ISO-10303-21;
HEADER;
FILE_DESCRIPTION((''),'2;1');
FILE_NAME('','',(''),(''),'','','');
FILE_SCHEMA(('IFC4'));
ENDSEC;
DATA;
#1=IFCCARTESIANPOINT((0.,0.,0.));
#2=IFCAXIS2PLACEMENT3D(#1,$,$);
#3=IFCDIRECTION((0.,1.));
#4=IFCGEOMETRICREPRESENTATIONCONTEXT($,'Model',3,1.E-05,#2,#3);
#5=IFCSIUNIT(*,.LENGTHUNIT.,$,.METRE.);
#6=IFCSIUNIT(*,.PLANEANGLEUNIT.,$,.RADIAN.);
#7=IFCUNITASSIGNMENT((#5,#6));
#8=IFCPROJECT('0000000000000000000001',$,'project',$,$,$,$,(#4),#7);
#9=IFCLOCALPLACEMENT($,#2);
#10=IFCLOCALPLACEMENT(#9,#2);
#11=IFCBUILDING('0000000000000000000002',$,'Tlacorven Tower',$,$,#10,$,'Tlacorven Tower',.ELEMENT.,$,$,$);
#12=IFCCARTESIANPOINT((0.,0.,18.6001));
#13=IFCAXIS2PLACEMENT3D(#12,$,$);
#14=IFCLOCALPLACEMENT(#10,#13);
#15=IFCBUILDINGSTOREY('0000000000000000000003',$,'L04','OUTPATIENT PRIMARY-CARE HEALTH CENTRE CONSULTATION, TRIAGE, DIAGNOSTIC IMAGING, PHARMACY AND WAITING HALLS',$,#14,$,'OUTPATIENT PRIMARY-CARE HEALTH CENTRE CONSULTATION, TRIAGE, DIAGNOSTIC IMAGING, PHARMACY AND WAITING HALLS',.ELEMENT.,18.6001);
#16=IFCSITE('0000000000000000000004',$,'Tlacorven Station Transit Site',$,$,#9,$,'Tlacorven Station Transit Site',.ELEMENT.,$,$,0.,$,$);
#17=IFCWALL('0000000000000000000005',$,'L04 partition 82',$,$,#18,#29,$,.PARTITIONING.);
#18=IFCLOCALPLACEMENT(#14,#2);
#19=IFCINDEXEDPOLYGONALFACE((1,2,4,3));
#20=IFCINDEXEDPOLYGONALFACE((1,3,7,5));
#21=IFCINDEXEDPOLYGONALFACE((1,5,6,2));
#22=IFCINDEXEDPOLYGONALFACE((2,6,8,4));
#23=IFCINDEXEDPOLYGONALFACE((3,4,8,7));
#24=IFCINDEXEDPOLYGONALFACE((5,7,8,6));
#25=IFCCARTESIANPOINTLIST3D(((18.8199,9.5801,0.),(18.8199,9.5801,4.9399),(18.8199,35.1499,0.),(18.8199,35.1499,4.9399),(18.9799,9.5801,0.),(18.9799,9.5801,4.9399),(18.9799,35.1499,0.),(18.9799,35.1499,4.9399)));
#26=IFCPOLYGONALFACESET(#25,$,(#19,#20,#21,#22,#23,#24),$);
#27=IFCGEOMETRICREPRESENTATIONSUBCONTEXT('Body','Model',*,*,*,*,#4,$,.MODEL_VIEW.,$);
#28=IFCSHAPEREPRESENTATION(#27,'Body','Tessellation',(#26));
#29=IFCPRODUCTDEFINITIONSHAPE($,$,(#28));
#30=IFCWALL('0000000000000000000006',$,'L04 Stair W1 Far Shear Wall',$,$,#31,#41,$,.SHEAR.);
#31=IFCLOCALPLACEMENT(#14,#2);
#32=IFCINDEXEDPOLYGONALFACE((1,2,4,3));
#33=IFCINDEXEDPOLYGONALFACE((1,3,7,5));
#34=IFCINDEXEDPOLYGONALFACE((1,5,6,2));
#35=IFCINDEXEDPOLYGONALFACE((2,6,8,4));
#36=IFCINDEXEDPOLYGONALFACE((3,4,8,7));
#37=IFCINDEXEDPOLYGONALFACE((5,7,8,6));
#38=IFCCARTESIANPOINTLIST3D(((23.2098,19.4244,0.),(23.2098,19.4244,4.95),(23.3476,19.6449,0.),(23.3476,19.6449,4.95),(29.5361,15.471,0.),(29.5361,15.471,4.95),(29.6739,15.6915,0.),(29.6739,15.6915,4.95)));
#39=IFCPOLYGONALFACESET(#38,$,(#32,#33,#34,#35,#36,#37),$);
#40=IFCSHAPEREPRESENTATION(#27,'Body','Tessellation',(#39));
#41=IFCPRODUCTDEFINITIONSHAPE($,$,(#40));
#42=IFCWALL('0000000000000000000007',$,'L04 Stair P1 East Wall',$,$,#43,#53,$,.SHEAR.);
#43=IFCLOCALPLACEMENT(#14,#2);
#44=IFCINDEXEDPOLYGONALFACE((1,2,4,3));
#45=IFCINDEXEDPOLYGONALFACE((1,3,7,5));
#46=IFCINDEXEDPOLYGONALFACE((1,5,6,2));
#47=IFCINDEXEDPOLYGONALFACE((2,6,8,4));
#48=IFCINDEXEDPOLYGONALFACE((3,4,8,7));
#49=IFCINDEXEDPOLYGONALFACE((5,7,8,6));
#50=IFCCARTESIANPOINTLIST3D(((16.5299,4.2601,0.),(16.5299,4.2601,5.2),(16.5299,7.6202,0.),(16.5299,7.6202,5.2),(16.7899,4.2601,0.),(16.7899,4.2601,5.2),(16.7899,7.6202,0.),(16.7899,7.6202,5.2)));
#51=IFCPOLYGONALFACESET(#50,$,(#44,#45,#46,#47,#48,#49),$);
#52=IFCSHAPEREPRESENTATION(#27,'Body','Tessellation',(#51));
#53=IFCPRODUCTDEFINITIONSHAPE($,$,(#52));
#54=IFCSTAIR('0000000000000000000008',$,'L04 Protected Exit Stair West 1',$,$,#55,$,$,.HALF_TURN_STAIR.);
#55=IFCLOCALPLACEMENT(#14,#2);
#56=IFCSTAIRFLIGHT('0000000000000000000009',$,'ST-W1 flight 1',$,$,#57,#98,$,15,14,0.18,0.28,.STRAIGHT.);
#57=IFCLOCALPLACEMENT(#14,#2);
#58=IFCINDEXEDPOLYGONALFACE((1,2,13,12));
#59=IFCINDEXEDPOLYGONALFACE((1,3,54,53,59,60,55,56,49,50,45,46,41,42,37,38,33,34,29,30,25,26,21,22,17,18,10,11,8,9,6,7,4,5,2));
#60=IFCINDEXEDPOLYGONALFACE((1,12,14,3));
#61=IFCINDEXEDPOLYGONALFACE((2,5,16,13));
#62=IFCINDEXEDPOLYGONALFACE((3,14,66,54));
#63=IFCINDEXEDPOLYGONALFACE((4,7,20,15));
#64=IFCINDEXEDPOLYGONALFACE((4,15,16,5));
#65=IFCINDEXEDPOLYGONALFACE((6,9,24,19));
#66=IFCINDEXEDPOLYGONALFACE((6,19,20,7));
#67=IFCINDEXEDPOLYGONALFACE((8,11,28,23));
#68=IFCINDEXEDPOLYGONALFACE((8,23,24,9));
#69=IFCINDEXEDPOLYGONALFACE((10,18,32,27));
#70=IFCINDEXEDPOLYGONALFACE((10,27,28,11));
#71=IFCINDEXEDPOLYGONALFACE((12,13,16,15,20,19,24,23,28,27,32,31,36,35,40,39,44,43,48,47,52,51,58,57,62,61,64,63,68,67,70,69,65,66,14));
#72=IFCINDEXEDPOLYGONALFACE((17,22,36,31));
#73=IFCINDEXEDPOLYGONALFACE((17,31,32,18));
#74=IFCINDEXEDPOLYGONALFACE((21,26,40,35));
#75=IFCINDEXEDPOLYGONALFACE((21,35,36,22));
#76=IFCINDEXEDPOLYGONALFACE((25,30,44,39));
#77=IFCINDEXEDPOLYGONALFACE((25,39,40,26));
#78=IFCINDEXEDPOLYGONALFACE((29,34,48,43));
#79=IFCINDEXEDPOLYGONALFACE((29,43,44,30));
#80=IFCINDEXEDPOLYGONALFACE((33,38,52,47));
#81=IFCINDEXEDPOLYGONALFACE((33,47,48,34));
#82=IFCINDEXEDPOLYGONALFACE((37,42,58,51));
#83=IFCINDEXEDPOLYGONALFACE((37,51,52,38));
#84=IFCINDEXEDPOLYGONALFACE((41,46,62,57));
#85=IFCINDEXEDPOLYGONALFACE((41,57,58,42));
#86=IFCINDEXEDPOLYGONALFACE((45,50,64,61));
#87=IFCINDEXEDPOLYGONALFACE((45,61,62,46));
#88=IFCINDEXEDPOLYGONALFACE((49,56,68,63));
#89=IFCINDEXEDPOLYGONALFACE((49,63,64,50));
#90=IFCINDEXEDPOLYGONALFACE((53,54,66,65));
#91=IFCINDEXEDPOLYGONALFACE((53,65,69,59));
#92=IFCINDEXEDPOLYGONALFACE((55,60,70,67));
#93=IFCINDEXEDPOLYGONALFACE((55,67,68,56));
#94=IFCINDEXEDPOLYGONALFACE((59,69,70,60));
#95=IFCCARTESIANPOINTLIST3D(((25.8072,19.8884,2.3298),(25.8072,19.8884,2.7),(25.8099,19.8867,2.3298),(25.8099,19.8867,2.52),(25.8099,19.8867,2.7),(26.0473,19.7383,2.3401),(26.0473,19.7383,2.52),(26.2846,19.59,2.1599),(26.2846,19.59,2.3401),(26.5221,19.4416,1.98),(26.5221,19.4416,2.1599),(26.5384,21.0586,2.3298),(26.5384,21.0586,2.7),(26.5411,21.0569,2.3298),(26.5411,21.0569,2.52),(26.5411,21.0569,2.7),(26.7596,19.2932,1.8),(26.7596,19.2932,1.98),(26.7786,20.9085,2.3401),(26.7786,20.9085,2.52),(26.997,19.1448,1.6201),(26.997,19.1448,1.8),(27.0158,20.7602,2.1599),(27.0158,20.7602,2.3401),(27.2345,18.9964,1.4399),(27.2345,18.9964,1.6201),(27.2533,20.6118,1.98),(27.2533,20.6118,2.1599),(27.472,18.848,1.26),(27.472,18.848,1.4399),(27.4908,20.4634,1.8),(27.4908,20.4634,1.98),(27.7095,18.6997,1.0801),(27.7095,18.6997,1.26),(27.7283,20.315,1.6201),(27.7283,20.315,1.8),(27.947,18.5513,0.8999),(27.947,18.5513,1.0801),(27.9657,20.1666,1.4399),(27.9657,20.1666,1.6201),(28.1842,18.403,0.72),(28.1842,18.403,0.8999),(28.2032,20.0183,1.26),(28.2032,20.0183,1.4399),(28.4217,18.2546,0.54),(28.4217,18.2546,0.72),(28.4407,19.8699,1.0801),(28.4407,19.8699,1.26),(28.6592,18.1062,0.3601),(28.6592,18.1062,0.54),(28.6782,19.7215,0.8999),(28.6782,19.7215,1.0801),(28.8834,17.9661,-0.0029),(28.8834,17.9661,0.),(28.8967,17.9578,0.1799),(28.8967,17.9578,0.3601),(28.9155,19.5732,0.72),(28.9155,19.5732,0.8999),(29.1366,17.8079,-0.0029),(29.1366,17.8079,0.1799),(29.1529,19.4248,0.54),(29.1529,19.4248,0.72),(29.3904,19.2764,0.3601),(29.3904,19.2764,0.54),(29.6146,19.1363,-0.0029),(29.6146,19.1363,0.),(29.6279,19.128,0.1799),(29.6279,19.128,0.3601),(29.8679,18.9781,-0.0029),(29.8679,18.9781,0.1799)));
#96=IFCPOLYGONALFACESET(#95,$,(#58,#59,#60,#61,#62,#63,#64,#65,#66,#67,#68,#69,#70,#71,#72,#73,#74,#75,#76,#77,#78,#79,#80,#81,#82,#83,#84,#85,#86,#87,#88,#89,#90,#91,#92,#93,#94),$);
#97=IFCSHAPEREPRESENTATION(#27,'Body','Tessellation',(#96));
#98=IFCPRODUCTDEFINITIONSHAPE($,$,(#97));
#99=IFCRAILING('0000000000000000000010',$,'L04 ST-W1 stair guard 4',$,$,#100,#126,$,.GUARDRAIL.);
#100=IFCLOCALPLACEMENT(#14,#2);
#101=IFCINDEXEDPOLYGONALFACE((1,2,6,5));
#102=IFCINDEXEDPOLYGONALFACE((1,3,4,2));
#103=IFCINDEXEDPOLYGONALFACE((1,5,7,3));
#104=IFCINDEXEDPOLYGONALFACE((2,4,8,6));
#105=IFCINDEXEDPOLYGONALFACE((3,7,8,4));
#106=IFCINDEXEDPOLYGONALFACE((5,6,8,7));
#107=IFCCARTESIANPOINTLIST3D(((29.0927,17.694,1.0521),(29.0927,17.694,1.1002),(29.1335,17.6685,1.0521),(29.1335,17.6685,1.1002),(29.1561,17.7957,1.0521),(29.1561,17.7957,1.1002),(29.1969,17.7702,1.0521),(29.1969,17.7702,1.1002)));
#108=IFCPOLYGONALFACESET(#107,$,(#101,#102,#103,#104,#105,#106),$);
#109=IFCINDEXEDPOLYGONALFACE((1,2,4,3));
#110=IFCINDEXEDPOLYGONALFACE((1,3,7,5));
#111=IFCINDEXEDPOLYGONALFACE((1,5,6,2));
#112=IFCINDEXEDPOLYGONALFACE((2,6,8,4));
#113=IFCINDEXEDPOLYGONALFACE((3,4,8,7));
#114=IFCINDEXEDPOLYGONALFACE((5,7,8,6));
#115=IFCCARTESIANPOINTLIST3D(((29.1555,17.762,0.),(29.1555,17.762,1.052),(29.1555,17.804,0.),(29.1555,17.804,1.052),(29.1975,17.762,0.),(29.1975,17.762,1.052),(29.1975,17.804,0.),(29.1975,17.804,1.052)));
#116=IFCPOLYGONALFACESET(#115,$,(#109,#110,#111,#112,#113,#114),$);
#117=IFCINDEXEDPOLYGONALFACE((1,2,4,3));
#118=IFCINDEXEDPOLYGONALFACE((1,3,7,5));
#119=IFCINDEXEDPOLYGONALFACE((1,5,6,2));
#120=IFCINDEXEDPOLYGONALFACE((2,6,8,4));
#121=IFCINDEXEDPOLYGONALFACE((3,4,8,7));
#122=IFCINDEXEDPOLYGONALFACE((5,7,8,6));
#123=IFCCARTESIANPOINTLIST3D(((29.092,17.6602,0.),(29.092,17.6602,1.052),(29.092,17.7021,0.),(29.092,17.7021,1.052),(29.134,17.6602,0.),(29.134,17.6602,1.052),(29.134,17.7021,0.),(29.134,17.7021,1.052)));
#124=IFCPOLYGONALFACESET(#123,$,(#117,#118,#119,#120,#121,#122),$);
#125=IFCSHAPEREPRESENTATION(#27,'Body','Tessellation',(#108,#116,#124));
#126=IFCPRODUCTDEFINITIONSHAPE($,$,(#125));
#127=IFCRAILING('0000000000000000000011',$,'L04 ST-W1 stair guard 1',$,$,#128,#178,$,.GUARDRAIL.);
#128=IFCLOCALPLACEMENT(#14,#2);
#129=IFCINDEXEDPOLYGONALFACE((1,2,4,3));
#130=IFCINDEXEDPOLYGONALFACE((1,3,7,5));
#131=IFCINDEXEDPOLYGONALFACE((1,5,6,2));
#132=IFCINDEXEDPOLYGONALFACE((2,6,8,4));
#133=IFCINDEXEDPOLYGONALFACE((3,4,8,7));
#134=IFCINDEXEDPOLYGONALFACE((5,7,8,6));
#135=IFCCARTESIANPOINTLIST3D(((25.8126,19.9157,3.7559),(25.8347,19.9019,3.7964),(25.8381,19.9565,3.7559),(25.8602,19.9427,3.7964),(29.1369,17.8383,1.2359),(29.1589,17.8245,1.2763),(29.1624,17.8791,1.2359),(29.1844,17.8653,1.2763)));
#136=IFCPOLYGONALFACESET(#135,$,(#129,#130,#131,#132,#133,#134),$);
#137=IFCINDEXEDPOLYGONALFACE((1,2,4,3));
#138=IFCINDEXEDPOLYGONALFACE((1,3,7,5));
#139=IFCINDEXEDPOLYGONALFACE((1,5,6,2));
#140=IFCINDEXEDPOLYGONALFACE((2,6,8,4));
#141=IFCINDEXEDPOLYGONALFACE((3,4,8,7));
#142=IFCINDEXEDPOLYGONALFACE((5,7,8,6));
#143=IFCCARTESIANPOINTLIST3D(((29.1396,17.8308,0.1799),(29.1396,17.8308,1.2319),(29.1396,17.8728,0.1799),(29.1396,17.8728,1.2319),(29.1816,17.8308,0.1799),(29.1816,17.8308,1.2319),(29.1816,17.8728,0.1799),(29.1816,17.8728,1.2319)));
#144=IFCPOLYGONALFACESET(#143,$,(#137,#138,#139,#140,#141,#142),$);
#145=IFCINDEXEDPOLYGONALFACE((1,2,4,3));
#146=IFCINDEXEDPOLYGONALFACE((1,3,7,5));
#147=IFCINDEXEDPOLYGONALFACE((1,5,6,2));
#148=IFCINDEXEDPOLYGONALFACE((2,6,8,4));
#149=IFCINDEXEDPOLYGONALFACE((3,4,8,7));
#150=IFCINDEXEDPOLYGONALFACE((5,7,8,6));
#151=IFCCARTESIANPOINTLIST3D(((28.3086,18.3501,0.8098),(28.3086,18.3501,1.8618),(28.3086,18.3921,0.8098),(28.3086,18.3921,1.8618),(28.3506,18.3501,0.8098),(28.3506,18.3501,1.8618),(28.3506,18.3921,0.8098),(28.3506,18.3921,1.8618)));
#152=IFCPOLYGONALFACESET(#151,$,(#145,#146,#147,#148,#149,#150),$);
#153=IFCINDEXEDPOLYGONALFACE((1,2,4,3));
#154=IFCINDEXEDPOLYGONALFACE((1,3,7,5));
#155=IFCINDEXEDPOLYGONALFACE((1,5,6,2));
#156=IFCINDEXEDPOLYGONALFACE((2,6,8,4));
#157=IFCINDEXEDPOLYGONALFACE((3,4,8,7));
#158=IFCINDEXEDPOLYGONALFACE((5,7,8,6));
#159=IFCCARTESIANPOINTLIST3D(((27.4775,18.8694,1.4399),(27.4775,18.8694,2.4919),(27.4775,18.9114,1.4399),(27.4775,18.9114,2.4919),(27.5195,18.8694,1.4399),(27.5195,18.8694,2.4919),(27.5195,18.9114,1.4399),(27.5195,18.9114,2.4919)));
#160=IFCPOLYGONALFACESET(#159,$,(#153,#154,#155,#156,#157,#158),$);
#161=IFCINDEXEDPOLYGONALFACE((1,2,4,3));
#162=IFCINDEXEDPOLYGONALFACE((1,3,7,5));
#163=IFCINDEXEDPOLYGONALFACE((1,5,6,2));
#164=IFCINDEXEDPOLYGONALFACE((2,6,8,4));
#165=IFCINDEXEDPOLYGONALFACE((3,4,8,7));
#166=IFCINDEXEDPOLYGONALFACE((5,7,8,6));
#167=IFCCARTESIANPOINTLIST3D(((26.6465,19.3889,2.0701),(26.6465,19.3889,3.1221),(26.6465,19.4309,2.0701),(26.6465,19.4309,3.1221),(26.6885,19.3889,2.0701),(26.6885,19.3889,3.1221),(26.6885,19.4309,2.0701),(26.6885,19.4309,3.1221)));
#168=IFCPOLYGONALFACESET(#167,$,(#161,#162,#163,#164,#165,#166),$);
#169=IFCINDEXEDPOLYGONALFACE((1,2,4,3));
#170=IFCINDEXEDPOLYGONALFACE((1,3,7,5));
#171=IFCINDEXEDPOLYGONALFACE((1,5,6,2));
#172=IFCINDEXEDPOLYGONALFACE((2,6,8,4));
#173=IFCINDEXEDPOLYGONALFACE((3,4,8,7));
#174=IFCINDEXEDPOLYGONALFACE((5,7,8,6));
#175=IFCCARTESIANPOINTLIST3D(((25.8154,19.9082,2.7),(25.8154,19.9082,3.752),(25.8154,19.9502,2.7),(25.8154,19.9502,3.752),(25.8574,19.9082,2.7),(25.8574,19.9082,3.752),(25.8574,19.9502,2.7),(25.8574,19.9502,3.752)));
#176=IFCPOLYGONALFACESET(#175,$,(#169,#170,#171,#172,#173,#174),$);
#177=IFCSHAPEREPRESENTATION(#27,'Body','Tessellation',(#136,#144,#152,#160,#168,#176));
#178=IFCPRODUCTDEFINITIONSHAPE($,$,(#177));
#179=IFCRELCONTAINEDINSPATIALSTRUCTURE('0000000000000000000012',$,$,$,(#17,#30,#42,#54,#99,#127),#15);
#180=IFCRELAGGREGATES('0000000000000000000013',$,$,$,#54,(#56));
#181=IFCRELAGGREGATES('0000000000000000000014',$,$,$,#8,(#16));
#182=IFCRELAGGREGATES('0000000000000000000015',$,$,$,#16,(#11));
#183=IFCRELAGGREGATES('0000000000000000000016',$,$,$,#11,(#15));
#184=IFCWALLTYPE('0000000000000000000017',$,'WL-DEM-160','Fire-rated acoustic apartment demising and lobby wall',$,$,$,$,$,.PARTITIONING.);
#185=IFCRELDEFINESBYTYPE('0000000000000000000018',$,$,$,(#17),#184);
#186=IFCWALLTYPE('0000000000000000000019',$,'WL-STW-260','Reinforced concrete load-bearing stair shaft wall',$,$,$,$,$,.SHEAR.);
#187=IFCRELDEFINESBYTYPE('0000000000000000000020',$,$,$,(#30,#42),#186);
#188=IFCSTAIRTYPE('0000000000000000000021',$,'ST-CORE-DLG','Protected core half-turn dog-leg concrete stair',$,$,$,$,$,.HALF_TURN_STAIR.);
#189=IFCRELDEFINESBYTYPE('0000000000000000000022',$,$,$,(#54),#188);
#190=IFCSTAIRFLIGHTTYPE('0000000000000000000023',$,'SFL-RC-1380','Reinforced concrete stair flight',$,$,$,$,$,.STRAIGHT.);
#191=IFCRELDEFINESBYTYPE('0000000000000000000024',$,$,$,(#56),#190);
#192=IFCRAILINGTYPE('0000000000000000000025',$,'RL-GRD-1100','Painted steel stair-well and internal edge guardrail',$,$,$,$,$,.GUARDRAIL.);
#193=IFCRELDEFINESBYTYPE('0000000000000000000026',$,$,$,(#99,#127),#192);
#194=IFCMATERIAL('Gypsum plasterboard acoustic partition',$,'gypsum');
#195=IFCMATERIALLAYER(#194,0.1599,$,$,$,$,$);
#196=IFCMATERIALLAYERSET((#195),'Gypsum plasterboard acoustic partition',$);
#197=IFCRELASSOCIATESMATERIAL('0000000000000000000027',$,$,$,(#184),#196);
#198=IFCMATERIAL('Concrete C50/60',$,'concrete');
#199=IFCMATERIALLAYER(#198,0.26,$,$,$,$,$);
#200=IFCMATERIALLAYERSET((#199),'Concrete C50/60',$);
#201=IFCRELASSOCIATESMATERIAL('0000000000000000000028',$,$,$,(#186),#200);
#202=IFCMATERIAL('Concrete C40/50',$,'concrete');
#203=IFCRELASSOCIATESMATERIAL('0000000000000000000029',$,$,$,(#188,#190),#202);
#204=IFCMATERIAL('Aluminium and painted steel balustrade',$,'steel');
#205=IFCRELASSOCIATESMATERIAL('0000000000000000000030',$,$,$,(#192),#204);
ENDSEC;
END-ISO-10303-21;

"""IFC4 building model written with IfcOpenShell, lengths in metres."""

from ifc_helpers import new_model, si_unit, direction, frame, frame_2d, origin, origin_2d, place, context, subcontext, project, spatial, polyline, rectangle, outline, extrude, source, transform, mapped, material, layer, layer_set, type_object, element, aggregate, save


model = new_model("IFC4")

# Units and contexts
model_context = context("Model", 3, precision=1e-05, world=origin(), true_north=direction((0.0, 1.0)))
body_context = subcontext(model_context, "Body", "Model", "MODEL_VIEW")
ifc_project = project(units=[si_unit("LENGTHUNIT", "METRE"), si_unit("PLANEANGLEUNIT", "RADIAN")], contexts=[model_context])

# Site, building, storey
site_placement = place(None, origin())
site = spatial("IfcSite", under=ifc_project, at=site_placement, Name="Tlacorven Station Transit Site", LongName="Tlacorven Station Transit Site", CompositionType="ELEMENT", RefElevation=0.0)
building_placement = place(site_placement, origin())
building = spatial("IfcBuilding", under=site, at=building_placement, Name="Tlacorven Tower", LongName="Tlacorven Tower", CompositionType="ELEMENT")
storey_placement = place(building_placement, frame((0.0, 0.0, 18.6001)))
storey = spatial("IfcBuildingStorey", under=building, at=storey_placement, Name="L04", Description="OUTPATIENT PRIMARY-CARE HEALTH CENTRE CONSULTATION, TRIAGE, DIAGNOSTIC IMAGING, PHARMACY AND WAITING HALLS", LongName="OUTPATIENT PRIMARY-CARE HEALTH CENTRE CONSULTATION, TRIAGE, DIAGNOSTIC IMAGING, PHARMACY AND WAITING HALLS", CompositionType="ELEMENT", Elevation=18.6001)

# Shared definitions
ifc_material_1 = material(Name="Gypsum plasterboard acoustic partition", Category="gypsum")
ifc_layer_1 = layer(ifc_material_1, 0.1599)
ifc_layer_set_1 = layer_set([ifc_layer_1], Name="Gypsum plasterboard acoustic partition")
wall_type_1 = type_object("IfcWallType", Name="WL-DEM-160", Description="Fire-rated acoustic apartment demising and lobby wall", PredefinedType="PARTITIONING", material=ifc_layer_set_1)

# Walls
wall_1_placement = place(storey_placement, frame((18.8999, 9.5801, 0.0), z_axis=(0.0, 0.0, 1.0), x_axis=(0.0, 1.0, 0.0)))
element("IfcWall", 1, at=wall_1_placement, inside=storey, type_object=wall_type_1, Name="L04 partition 82", PredefinedType="PARTITIONING", context=body_context, shape_type="SweptSolid", body=[
    extrude(rectangle(XDim=25.5698, YDim=0.1599, at=frame_2d((12.7849, 0.0))), origin(), (0.0, 0.0, 1.0), 4.9399),
])
ifc_material_2 = material(Name="Concrete C50/60", Category="concrete")
ifc_layer_2 = layer(ifc_material_2, 0.26)
ifc_layer_set_2 = layer_set([ifc_layer_2], Name="Concrete C50/60")
wall_type_2 = type_object("IfcWallType", Name="WL-STW-260", Description="Reinforced concrete load-bearing stair shaft wall", PredefinedType="SHEAR", material=ifc_layer_set_2)
wall_2_placement = place(storey_placement, frame((29.605, 15.5813, 0.0), z_axis=(0.0, 0.0, 1.0), x_axis=(-0.848037, 0.529937, 0.0)))
element("IfcWall", 2, at=wall_2_placement, inside=storey, type_object=wall_type_2, Name="L04 Stair W1 Far Shear Wall", PredefinedType="SHEAR", context=body_context, shape_type="SweptSolid", body=[
    extrude(rectangle(XDim=7.46, YDim=0.26, at=frame_2d((3.73, 0.0))), origin(), (0.0, 0.0, 1.0), 4.95),
])
wall_3_placement = place(storey_placement, frame((16.6599, 4.26, 0.0), z_axis=(0.0, 0.0, 1.0), x_axis=(0.0, 1.0, 0.0)))
element("IfcWall", 3, at=wall_3_placement, inside=storey, type_object=wall_type_2, Name="L04 Stair P1 East Wall", PredefinedType="SHEAR", context=body_context, shape_type="SweptSolid", body=[
    extrude(rectangle(XDim=3.3601, YDim=0.26, at=frame_2d((1.6802, 0.0))), origin(), (0.0, 0.0, 1.0), 5.2),
])

# Stair, stair flight
ifc_material_3 = material(Name="Concrete C40/50", Category="concrete")
stair_type = type_object("IfcStairType", Name="ST-CORE-DLG", Description="Protected core half-turn dog-leg concrete stair", PredefinedType="HALF_TURN_STAIR", material=ifc_material_3)
stair_placement = place(storey_placement, origin())
stair = element("IfcStair", 4, at=stair_placement, inside=storey, type_object=stair_type, Name="L04 Protected Exit Stair West 1", PredefinedType="HALF_TURN_STAIR")
stair_flight_type = type_object("IfcStairFlightType", Name="SFL-RC-1380", Description="Reinforced concrete stair flight", PredefinedType="STRAIGHT", material=ifc_material_3)
shared_shape_1 = source(origin(), body_context, "Body", "SweptSolid", [
    extrude(outline(polyline([(-0.0029, -0.0029), (-0.0029, 0.1799), (0.28, 0.1799), (0.28, 0.3601), (0.5601, 0.3601), (0.5601, 0.54), (0.8401, 0.54), (0.8401, 0.72), (1.1201, 0.72), (1.1201, 0.8999), (1.3999, 0.8999), (1.3999, 1.0801), (1.6799, 1.0801), (1.6799, 1.26), (1.96, 1.26), (1.96, 1.4399), (2.24, 1.4399), (2.24, 1.6201), (2.52, 1.6201), (2.52, 1.8), (2.8, 1.8), (2.8, 1.98), (3.0801, 1.98), (3.0801, 2.1599), (3.3601, 2.1599), (3.3601, 2.3401), (3.6399, 2.3401), (3.6399, 2.52), (3.9199, 2.52), (3.9199, 2.7), (3.9231, 2.7), (3.9231, 2.3298), (3.9199, 2.3298), (0.2957, 0.0), (0.2957, -0.0029), (-0.0029, -0.0029)])), frame((0.0, 0.6899, 0.0), z_axis=(0.0, -1.0, 0.0), x_axis=(1.0, 0.0, 0.0)), (0.0, 0.0, 1.0), 1.3799),
])
stair_flight_placement = place(storey_placement, frame((29.4998, 18.3945, 0.0), z_axis=(0.0, 0.0, 1.0), x_axis=(-0.848048, 0.529919, 0.0)))
stair_flight = element("IfcStairFlight", 5, at=stair_flight_placement, type_object=stair_flight_type, Name="ST-W1 flight 1", NumberOfRisers=15, NumberOfTreads=14, PredefinedType="STRAIGHT", RiserHeight=0.18, TreadLength=0.28, context=body_context, shape_type="MappedRepresentation", body=[
    mapped(shared_shape_1, transform((0.0, 0.0, 0.0), scale=1.0)),
])
aggregate(stair, [stair_flight])

# Railings
ifc_material_4 = material(Name="Aluminium and painted steel balustrade", Category="steel")
railing_type_1 = type_object("IfcRailingType", Name="RL-GRD-1100", Description="Painted steel stair-well and internal edge guardrail", PredefinedType="GUARDRAIL", material=ifc_material_4)
shared_shape_2 = source(origin(), body_context, "Body", "SweptSolid", [
    extrude(rectangle(XDim=0.0481, YDim=0.0481, at=origin_2d()), frame((0.0, 0.0, 1.0762), z_axis=(-0.529084, -0.848569, 0.0), x_axis=(0.848569, -0.529084, 0.0)), (0.0, 0.0, 1.0), 0.1199),
    extrude(rectangle(XDim=0.042, YDim=0.042, at=origin_2d()), origin(), (0.0, 0.0, 1.0), 1.052),
    extrude(rectangle(XDim=0.042, YDim=0.042, at=origin_2d()), frame((-0.0635, -0.1018, 0.0)), (0.0, 0.0, 1.0), 1.052),
])
railing_1_placement = place(storey_placement, frame((29.1765, 17.783, 0.0)))
element("IfcRailing", 6, at=railing_1_placement, inside=storey, type_object=railing_type_1, Name="L04 ST-W1 stair guard 4", PredefinedType="GUARDRAIL", context=body_context, shape_type="MappedRepresentation", body=[
    mapped(shared_shape_2, transform((0.0, 0.0, 0.0), scale=1.0)),
])
shared_shape_3 = source(origin(), body_context, "Body", "SweptSolid", [
    extrude(rectangle(XDim=0.0481, YDim=0.0481, at=origin_2d()), frame((0.0, 0.0, 1.0762), z_axis=(-0.713337, 0.445783, 0.540766), x_axis=(-0.529954, -0.848026, 0.0)), (0.0, 0.0, 1.0), 4.6602),
    extrude(rectangle(XDim=0.042, YDim=0.042, at=origin_2d()), origin(), (0.0, 0.0, 1.0), 1.052),
    extrude(rectangle(XDim=0.042, YDim=0.042, at=origin_2d()), frame((-0.8311, 0.5193, 0.6299)), (0.0, 0.0, 1.0), 1.052),
    extrude(rectangle(XDim=0.042, YDim=0.042, at=origin_2d()), frame((-1.6621, 1.0386, 1.26)), (0.0, 0.0, 1.0), 1.052),
    extrude(rectangle(XDim=0.042, YDim=0.042, at=origin_2d()), frame((-2.4932, 1.5581, 1.8901)), (0.0, 0.0, 1.0), 1.052),
    extrude(rectangle(XDim=0.042, YDim=0.042, at=origin_2d()), frame((-3.3242, 2.0774, 2.52)), (0.0, 0.0, 1.0), 1.052),
])
railing_2_placement = place(storey_placement, frame((29.1606, 17.8518, 0.1799)))
element("IfcRailing", 7, at=railing_2_placement, inside=storey, type_object=railing_type_1, Name="L04 ST-W1 stair guard 1", PredefinedType="GUARDRAIL", context=body_context, shape_type="MappedRepresentation", body=[
    mapped(shared_shape_3, transform((0.0, 0.0, 0.0), scale=1.0)),
])

save(model, "model.ifc")
